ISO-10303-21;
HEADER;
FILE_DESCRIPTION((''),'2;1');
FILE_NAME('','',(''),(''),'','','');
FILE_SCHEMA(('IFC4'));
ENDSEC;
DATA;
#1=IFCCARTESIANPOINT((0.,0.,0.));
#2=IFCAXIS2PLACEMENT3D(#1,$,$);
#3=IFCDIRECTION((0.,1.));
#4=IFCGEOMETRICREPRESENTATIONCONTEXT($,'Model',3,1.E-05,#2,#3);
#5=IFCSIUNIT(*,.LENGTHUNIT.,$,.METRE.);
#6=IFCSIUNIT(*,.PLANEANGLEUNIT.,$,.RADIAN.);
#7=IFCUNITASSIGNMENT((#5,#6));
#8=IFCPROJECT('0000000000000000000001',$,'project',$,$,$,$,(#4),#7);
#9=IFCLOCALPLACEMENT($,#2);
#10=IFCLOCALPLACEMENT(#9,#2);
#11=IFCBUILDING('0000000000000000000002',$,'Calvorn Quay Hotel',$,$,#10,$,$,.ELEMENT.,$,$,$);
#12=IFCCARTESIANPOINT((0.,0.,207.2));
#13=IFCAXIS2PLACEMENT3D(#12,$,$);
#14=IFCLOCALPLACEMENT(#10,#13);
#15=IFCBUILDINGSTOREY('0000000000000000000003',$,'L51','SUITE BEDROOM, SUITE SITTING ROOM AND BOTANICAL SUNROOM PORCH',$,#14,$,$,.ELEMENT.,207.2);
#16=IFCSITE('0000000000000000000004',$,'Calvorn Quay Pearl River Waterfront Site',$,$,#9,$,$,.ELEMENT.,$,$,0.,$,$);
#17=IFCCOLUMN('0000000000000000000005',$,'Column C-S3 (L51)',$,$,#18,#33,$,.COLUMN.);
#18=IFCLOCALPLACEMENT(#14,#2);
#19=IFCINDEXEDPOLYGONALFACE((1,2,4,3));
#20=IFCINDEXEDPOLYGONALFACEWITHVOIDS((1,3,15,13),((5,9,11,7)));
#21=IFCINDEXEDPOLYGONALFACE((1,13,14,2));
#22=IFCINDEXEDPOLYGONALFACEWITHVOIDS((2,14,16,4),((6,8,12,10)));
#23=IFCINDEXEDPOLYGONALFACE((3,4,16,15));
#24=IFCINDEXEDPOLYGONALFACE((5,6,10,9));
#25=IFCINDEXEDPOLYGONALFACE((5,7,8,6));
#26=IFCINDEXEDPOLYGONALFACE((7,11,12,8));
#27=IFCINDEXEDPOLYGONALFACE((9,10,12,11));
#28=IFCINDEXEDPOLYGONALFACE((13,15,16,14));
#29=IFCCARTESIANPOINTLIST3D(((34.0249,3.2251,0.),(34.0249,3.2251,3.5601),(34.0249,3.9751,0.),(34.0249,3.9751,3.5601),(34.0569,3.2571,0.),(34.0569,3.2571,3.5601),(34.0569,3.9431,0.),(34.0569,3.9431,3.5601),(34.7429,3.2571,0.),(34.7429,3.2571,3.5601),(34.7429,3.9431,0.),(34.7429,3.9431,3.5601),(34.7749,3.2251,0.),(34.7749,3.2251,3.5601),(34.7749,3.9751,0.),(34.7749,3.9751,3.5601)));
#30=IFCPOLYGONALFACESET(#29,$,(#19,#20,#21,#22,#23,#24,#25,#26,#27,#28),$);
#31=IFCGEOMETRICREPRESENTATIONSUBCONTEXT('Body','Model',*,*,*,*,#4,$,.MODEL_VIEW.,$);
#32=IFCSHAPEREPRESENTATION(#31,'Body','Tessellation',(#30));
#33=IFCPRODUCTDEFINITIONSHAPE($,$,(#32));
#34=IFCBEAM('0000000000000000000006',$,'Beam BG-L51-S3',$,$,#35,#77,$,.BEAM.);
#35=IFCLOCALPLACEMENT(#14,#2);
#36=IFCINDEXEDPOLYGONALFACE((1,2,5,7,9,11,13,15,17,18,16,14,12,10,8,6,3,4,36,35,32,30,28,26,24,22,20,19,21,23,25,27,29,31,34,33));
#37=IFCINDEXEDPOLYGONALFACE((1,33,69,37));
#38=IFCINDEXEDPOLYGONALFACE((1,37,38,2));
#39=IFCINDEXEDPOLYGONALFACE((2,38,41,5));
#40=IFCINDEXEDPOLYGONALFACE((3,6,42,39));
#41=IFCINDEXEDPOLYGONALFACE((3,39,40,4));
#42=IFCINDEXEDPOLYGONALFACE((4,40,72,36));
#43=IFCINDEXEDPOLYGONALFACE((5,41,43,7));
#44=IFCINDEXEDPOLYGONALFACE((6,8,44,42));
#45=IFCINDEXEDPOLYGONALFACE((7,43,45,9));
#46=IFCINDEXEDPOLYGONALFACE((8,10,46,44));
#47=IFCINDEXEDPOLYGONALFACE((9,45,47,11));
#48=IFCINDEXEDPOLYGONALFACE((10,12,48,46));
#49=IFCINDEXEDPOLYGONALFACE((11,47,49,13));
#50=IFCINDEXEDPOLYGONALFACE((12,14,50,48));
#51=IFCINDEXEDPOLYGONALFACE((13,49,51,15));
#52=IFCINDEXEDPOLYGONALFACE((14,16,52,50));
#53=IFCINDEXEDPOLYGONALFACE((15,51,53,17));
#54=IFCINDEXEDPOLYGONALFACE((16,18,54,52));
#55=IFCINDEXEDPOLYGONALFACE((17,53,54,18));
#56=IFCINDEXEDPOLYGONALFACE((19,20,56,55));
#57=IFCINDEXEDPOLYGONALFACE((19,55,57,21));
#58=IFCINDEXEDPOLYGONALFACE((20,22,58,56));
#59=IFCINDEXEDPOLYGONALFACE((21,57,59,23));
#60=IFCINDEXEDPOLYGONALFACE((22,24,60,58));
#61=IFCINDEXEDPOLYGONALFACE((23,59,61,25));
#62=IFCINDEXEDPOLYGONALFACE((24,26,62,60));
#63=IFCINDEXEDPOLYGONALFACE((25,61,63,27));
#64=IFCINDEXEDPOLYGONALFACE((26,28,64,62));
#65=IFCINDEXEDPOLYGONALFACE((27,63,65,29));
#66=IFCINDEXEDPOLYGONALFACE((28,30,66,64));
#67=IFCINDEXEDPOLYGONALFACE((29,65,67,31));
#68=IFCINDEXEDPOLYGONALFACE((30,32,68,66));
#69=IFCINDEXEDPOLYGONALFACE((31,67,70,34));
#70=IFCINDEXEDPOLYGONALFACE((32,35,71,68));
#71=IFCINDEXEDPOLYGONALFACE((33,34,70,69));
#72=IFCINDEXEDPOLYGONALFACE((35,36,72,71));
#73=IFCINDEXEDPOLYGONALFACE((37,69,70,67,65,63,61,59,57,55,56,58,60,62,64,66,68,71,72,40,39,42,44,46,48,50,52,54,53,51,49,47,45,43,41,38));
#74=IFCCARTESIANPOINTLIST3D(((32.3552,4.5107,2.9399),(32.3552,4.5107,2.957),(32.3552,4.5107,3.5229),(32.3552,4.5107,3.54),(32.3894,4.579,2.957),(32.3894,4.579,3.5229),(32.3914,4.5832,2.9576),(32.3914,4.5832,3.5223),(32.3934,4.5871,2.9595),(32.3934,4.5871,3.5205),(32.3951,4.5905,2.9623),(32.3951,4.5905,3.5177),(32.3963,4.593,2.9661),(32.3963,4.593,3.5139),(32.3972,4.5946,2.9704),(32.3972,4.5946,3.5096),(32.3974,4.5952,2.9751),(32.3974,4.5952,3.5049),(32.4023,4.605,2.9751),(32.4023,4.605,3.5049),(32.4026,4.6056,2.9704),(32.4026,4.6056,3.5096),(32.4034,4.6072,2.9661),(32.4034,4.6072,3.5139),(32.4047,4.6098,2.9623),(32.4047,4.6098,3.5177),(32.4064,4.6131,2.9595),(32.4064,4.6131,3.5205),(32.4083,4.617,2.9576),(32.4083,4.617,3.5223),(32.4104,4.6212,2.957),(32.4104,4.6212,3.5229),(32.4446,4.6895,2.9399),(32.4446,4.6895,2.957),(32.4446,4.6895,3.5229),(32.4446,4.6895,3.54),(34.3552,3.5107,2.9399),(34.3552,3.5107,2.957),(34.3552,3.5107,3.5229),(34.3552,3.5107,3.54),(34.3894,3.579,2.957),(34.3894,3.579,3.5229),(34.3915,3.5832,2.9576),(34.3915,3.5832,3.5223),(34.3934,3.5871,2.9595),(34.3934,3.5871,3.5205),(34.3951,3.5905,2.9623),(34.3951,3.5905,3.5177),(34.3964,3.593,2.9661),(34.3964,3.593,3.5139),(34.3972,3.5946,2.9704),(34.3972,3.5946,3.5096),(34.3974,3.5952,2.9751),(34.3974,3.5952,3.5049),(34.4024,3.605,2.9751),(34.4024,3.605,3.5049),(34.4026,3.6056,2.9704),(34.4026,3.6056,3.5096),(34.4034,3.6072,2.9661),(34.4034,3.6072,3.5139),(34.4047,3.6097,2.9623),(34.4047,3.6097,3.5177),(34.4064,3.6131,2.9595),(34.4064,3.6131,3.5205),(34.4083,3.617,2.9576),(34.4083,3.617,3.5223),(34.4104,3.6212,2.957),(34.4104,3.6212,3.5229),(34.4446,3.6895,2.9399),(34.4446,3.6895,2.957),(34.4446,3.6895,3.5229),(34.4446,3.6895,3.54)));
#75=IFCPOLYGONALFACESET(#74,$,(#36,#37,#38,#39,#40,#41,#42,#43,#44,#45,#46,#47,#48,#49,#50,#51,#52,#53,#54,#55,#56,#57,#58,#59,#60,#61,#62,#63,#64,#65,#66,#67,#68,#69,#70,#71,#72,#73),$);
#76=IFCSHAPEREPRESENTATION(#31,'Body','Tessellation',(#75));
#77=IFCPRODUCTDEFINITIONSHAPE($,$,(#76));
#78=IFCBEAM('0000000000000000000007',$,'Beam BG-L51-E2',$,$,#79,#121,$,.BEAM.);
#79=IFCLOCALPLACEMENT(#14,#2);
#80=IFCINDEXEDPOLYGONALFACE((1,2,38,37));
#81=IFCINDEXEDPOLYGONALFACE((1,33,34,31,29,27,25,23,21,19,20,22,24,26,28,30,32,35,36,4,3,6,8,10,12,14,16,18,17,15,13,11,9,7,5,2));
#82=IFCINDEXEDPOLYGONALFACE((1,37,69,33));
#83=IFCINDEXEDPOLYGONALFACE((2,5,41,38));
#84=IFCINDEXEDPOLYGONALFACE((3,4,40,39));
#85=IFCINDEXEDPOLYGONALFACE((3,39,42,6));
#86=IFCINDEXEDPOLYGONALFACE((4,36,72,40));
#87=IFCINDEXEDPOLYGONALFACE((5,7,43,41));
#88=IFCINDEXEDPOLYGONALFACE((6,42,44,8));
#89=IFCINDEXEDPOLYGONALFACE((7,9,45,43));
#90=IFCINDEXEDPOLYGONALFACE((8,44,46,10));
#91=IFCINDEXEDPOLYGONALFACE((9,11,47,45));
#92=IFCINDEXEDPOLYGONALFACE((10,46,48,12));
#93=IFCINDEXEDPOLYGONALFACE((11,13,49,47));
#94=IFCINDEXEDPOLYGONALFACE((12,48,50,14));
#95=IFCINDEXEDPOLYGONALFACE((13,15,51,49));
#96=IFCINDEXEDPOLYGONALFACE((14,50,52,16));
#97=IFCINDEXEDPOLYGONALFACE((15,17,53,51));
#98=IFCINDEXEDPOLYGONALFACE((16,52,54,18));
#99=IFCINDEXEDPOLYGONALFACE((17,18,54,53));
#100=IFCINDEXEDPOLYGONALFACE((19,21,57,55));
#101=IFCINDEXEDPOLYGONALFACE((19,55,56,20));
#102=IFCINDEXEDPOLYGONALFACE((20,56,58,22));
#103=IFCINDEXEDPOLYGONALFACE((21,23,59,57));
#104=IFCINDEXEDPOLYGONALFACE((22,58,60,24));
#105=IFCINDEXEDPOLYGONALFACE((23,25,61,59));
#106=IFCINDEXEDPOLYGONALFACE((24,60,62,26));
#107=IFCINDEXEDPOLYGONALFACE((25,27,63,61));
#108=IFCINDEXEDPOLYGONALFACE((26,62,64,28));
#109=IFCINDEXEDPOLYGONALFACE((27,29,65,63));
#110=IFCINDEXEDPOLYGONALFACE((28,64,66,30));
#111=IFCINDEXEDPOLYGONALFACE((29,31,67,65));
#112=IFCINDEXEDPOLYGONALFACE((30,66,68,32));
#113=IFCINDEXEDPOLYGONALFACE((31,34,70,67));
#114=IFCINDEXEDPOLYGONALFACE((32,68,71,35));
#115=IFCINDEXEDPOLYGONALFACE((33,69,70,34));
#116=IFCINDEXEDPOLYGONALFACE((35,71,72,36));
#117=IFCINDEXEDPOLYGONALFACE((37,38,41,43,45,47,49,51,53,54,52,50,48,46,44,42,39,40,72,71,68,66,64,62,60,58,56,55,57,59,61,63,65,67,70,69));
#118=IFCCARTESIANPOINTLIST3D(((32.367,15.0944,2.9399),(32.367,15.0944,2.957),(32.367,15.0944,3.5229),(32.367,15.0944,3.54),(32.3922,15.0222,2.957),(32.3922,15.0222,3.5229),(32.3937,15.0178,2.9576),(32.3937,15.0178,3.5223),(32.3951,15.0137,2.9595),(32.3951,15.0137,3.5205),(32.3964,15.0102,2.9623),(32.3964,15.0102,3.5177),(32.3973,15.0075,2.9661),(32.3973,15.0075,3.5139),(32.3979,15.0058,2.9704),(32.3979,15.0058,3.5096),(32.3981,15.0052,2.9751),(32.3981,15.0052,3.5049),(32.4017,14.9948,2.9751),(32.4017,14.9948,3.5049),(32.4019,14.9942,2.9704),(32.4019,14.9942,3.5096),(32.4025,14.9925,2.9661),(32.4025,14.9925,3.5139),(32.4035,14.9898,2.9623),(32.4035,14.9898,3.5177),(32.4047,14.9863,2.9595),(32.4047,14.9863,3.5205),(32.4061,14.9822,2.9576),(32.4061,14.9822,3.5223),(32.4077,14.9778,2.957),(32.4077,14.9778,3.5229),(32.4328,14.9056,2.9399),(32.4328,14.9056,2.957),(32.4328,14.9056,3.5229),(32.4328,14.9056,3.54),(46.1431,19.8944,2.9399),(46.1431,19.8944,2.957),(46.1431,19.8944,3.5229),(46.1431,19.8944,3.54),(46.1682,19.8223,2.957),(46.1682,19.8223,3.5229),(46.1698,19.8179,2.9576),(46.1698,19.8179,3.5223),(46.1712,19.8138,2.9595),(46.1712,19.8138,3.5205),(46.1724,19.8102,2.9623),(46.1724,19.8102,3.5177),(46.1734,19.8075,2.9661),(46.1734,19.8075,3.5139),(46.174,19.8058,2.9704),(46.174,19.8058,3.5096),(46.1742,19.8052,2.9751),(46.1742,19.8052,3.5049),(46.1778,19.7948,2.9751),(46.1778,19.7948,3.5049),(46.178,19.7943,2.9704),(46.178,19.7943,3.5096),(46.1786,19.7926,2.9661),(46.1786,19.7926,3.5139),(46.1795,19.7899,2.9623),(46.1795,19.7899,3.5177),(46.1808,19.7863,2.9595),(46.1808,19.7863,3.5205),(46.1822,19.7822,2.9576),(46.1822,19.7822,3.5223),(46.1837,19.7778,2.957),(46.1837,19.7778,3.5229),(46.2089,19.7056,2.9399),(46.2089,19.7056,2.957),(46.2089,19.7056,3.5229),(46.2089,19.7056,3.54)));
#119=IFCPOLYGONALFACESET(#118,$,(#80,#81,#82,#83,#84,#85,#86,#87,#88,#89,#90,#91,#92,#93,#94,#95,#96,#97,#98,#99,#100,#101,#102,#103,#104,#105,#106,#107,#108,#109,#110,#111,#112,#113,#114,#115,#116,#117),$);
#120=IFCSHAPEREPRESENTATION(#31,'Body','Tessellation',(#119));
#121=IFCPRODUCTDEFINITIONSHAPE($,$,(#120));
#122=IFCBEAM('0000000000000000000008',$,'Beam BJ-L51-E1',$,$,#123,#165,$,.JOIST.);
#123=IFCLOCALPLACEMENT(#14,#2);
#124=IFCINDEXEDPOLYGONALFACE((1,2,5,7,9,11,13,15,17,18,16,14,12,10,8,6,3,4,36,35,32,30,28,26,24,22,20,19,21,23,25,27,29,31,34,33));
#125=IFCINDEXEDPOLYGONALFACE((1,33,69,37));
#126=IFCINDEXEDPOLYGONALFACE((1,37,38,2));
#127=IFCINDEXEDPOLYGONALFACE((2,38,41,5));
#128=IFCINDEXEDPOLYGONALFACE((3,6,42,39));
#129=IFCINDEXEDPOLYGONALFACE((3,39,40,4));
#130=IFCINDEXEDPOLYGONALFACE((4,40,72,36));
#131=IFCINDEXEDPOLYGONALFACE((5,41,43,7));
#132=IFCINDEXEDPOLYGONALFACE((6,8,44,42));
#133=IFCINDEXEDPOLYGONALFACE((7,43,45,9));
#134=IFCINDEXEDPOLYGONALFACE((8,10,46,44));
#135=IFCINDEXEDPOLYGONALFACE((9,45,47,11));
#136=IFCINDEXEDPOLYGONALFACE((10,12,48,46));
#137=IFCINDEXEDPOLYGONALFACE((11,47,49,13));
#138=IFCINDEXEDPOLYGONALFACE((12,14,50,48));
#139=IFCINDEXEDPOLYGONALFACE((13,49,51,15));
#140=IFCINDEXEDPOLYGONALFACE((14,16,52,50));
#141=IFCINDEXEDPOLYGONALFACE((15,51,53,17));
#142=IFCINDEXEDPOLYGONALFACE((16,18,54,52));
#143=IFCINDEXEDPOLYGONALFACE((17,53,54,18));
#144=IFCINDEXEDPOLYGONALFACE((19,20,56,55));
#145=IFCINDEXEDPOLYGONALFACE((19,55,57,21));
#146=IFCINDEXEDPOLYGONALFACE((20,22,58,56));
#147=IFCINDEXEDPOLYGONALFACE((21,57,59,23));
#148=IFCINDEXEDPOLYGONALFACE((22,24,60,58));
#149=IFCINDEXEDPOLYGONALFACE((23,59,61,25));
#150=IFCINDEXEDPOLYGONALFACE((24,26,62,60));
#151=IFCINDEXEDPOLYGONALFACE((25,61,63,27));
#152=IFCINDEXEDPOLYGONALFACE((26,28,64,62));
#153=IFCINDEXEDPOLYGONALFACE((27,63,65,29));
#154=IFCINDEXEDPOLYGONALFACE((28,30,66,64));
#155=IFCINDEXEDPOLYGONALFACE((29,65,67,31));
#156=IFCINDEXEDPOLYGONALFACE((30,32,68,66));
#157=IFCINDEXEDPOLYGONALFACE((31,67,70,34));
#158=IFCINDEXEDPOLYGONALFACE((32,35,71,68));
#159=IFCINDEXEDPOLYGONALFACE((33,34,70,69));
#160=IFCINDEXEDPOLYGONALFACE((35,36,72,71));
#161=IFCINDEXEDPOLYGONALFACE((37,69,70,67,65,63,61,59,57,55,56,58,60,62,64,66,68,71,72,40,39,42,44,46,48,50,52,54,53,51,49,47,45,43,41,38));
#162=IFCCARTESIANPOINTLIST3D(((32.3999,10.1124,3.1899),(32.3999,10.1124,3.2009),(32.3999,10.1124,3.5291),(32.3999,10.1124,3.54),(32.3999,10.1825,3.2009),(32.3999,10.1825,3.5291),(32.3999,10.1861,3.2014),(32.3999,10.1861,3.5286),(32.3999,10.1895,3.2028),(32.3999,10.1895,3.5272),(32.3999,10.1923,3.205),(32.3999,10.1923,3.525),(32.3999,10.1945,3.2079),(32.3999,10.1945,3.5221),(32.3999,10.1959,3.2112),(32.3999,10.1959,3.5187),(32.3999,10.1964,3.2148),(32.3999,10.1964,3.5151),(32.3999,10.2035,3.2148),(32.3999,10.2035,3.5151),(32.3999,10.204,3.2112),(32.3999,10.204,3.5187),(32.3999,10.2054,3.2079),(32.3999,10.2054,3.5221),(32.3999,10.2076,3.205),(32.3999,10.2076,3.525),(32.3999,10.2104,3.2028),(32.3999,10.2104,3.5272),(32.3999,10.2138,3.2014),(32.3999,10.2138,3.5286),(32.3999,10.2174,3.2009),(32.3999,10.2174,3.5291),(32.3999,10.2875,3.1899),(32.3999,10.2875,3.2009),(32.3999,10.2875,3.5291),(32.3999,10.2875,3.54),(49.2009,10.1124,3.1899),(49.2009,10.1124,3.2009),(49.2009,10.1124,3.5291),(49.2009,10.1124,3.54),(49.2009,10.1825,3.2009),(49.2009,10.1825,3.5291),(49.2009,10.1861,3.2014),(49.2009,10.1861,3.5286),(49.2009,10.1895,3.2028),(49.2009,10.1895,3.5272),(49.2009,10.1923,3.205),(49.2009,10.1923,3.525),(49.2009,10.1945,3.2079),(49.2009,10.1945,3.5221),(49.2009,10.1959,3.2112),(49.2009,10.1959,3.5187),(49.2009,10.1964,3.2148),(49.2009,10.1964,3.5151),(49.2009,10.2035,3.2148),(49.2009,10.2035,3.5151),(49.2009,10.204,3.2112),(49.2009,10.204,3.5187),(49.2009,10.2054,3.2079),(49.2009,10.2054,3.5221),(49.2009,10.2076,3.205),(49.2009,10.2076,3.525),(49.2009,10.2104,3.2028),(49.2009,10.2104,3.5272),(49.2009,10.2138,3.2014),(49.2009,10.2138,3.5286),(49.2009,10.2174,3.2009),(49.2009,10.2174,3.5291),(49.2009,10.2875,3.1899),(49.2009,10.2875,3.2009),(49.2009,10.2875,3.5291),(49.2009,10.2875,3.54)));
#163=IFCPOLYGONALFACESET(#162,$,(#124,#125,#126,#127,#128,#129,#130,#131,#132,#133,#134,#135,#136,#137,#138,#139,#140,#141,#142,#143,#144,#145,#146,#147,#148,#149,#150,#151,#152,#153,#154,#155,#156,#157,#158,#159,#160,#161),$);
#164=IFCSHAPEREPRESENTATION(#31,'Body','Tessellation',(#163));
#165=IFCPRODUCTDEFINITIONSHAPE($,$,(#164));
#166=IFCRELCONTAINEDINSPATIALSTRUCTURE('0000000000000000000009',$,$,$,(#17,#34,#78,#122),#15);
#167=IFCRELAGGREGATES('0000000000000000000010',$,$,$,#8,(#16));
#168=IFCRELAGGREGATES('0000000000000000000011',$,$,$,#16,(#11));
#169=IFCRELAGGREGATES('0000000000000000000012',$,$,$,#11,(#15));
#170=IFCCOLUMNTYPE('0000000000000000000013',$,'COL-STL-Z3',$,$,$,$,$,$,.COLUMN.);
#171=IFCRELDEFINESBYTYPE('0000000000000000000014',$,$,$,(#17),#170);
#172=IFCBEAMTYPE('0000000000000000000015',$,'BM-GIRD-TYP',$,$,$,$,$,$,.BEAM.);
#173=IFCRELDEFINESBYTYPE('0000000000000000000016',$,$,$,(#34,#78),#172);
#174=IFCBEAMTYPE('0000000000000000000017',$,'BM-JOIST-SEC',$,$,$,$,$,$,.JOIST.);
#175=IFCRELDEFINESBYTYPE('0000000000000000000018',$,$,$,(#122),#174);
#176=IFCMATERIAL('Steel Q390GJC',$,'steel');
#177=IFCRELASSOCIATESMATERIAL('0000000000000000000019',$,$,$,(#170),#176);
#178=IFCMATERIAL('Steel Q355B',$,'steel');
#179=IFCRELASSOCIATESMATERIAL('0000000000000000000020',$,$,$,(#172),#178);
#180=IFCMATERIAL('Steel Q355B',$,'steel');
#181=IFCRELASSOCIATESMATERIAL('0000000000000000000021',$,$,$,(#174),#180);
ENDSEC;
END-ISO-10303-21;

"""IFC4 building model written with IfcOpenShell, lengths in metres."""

from ifc_helpers import new_model, si_unit, direction, frame, origin, origin_2d, place, context, subcontext, project, spatial, hollow_rectangle, i_section, extrude, material, material_profile, profile_set, type_object, element, save


model = new_model("IFC4")

# Units and contexts
model_context = context("Model", 3, precision=1e-05, world=origin(), true_north=direction((0.0, 1.0)))
body_context = subcontext(model_context, "Body", "Model", "MODEL_VIEW")
ifc_project = project(units=[si_unit("LENGTHUNIT", "METRE"), si_unit("PLANEANGLEUNIT", "RADIAN")], contexts=[model_context])

# Site, building, storey
site_placement = place(None, origin())
site = spatial("IfcSite", under=ifc_project, at=site_placement, Name="Calvorn Quay Pearl River Waterfront Site", CompositionType="ELEMENT", RefElevation=0.0)
building_placement = place(site_placement, origin())
building = spatial("IfcBuilding", under=site, at=building_placement, Name="Calvorn Quay Hotel", CompositionType="ELEMENT")
storey_placement = place(building_placement, frame((0.0, 0.0, 207.2)))
storey = spatial("IfcBuildingStorey", under=building, at=storey_placement, Name="L51", Description="SUITE BEDROOM, SUITE SITTING ROOM AND BOTANICAL SUNROOM PORCH", CompositionType="ELEMENT", Elevation=207.2)

# Column
ifc_material_1 = material(Name="Steel Q390GJC", Category="steel")
ifc_material_profile_1 = material_profile(ifc_material_1, hollow_rectangle(XDim=0.75, YDim=0.75, WallThickness=0.032, at=origin_2d()), Name="BOX750x750x32")
ifc_profile_set_1 = profile_set([ifc_material_profile_1], Name="Steel Q390GJC")
column_type = type_object("IfcColumnType", Name="COL-STL-Z3", PredefinedType="COLUMN", material=ifc_profile_set_1)
column_placement = place(storey_placement, frame((34.3999, 3.6001, 0.0), z_axis=(0.0, 0.0, 1.0), x_axis=(1.0, 0.0, 0.0)))
element("IfcColumn", 1, at=column_placement, inside=storey, type_object=column_type, Name="Column C-S3 (L51)", PredefinedType="COLUMN", context=body_context, shape_type="SweptSolid", body=[
    extrude(hollow_rectangle(XDim=0.75, YDim=0.75, WallThickness=0.032, at=origin_2d()), origin(), (0.0, 0.0, 1.0), 3.5601),
])

# Beams
ifc_material_2 = material(Name="Steel Q355B", Category="steel")
ifc_material_profile_2 = material_profile(ifc_material_2, i_section(OverallWidth=0.2, OverallDepth=0.6001, WebThickness=0.011, FlangeThickness=0.0171, FilletRadius=0.0181, at=origin_2d()), Name="HN600x200x11x17")
ifc_profile_set_2 = profile_set([ifc_material_profile_2], Name="Steel Q355B")
beam_type_1 = type_object("IfcBeamType", Name="BM-GIRD-TYP", PredefinedType="BEAM", material=ifc_profile_set_2)
beam_1_placement = place(storey_placement, frame((34.3999, 3.6001, 3.24), z_axis=(-0.894427, 0.447214, 0.0), x_axis=(-0.447214, -0.894427, 0.0)))
element("IfcBeam", 2, at=beam_1_placement, inside=storey, type_object=beam_type_1, Name="Beam BG-L51-S3", PredefinedType="BEAM", context=body_context, shape_type="SweptSolid", body=[
    extrude(i_section(OverallWidth=0.2, OverallDepth=0.6001, WebThickness=0.011, FlangeThickness=0.0171, FilletRadius=0.0181, at=origin_2d()), origin(), (0.0, 0.0, 1.0), 2.2361),
])
beam_2_placement = place(storey_placement, frame((32.3999, 15.0, 3.24), z_axis=(0.944319, 0.329031, 0.0), x_axis=(-0.329031, 0.944319, 0.0)))
element("IfcBeam", 3, at=beam_2_placement, inside=storey, type_object=beam_type_1, Name="Beam BG-L51-E2", PredefinedType="BEAM", context=body_context, shape_type="SweptSolid", body=[
    extrude(i_section(OverallWidth=0.2, OverallDepth=0.6001, WebThickness=0.011, FlangeThickness=0.0171, FilletRadius=0.0181, at=origin_2d()), origin(), (0.0, 0.0, 1.0), 14.5884),
])
ifc_material_3 = material(Name="Steel Q355B", Category="steel")
ifc_material_profile_3 = material_profile(ifc_material_3, i_section(OverallWidth=0.175, OverallDepth=0.3501, WebThickness=0.0071, FlangeThickness=0.011, FilletRadius=0.0139, at=origin_2d()), Name="HN350x175x7x11")
ifc_profile_set_3 = profile_set([ifc_material_profile_3], Name="Steel Q355B")
beam_type_2 = type_object("IfcBeamType", Name="BM-JOIST-SEC", PredefinedType="JOIST", material=ifc_profile_set_3)
beam_3_placement = place(storey_placement, frame((32.3999, 10.2, 3.365), z_axis=(1.0, 0.0, 0.0), x_axis=(0.0, 1.0, 0.0)))
element("IfcBeam", 4, at=beam_3_placement, inside=storey, type_object=beam_type_2, Name="Beam BJ-L51-E1", PredefinedType="JOIST", context=body_context, shape_type="SweptSolid", body=[
    extrude(i_section(OverallWidth=0.175, OverallDepth=0.3501, WebThickness=0.0071, FlangeThickness=0.011, FilletRadius=0.0139, at=origin_2d()), origin(), (0.0, 0.0, 1.0), 16.801),
])

save(model, "model.ifc")
